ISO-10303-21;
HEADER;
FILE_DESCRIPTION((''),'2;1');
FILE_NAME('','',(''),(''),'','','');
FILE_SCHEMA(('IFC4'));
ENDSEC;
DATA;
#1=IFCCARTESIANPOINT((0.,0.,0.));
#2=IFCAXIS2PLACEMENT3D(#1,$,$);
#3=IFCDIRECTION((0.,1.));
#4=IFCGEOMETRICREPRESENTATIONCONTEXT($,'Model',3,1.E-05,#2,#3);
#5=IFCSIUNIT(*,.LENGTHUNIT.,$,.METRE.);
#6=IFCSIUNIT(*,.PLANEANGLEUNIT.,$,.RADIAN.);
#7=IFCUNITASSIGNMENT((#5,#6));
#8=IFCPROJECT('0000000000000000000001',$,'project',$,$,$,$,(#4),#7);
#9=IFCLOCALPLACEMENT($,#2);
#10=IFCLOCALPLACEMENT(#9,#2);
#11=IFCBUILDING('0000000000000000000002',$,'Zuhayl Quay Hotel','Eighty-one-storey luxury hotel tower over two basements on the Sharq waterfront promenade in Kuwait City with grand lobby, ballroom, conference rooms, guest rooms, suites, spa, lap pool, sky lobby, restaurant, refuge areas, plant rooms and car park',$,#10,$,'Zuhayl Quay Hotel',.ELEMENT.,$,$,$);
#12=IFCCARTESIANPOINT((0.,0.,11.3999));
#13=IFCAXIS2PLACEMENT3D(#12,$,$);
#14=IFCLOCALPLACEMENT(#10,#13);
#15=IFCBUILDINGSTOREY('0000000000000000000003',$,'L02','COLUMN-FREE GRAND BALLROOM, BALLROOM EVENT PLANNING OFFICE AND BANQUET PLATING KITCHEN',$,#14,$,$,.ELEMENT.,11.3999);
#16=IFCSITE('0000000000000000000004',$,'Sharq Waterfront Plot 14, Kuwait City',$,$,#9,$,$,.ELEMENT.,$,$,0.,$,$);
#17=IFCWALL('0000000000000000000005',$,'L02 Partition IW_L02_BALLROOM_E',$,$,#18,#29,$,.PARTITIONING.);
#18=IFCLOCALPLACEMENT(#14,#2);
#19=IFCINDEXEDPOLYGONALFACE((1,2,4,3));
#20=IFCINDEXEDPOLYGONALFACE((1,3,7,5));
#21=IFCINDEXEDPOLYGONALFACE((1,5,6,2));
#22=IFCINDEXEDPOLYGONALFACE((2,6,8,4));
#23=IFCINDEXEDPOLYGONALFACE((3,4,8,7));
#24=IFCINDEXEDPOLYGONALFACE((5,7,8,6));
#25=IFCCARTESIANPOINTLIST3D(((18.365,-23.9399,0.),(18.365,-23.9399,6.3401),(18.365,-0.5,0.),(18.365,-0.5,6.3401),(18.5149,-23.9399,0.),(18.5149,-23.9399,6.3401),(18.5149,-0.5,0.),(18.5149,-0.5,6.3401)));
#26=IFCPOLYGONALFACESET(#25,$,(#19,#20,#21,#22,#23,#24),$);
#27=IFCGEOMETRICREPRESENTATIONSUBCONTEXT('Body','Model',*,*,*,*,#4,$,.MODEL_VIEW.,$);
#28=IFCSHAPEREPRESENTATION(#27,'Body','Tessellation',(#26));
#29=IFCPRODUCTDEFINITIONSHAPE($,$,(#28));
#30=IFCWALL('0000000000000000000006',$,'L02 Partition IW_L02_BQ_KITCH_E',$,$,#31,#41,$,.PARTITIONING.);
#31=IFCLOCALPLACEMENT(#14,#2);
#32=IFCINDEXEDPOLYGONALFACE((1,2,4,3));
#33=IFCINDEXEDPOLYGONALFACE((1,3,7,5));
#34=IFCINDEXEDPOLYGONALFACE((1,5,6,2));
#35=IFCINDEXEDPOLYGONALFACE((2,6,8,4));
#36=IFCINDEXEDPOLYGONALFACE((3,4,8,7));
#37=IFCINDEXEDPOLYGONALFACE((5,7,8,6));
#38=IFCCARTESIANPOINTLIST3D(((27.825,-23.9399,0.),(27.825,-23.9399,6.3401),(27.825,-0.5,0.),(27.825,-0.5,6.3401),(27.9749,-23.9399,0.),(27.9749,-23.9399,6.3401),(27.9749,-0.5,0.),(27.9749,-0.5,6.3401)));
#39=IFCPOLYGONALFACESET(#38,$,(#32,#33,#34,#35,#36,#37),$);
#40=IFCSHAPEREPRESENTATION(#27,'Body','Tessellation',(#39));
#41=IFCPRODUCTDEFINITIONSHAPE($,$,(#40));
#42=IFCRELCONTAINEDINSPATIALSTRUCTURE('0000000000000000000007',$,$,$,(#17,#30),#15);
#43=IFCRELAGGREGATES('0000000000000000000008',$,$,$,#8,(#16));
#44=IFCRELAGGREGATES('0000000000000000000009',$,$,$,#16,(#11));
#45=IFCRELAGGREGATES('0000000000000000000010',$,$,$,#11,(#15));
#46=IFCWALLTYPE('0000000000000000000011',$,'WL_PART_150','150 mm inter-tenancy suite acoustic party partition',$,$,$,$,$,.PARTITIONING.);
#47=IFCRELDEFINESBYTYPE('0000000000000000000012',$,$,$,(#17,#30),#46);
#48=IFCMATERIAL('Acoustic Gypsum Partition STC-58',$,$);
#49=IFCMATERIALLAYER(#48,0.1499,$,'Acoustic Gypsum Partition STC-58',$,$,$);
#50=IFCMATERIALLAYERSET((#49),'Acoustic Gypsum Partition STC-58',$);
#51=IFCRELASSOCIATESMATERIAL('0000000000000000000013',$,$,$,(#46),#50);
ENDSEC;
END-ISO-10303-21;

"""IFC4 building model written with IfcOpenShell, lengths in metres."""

from ifc_helpers import new_model, si_unit, direction, frame, frame_2d, origin, place, context, subcontext, project, spatial, rectangle, extrude, material, layer, layer_set, type_object, element, save


model = new_model("IFC4")

# Units and contexts
model_context = context("Model", 3, precision=1e-05, world=origin(), true_north=direction((0.0, 1.0)))
body_context = subcontext(model_context, "Body", "Model", "MODEL_VIEW")
ifc_project = project(units=[si_unit("LENGTHUNIT", "METRE"), si_unit("PLANEANGLEUNIT", "RADIAN")], contexts=[model_context])

# Site, building, storey
site_placement = place(None, origin())
site = spatial("IfcSite", under=ifc_project, at=site_placement, Name="Sharq Waterfront Plot 14, Kuwait City", CompositionType="ELEMENT", RefElevation=0.0)
building_placement = place(site_placement, origin())
building = spatial("IfcBuilding", under=site, at=building_placement, Name="Zuhayl Quay Hotel", Description="Eighty-one-storey luxury hotel tower over two basements on the Sharq waterfront promenade in Kuwait City with grand lobby, ballroom, conference rooms, guest rooms, suites, spa, lap pool, sky lobby, restaurant, refuge areas, plant rooms and car park", LongName="Zuhayl Quay Hotel", CompositionType="ELEMENT")
storey_placement = place(building_placement, frame((0.0, 0.0, 11.3999)))
storey = spatial("IfcBuildingStorey", under=building, at=storey_placement, Name="L02", Description="COLUMN-FREE GRAND BALLROOM, BALLROOM EVENT PLANNING OFFICE AND BANQUET PLATING KITCHEN", CompositionType="ELEMENT", Elevation=11.3999)

# Walls
ifc_material_1 = material(Name="Acoustic Gypsum Partition STC-58")
ifc_layer_1 = layer(ifc_material_1, 0.1499, Name="Acoustic Gypsum Partition STC-58")
ifc_layer_set_1 = layer_set([ifc_layer_1], Name="Acoustic Gypsum Partition STC-58")
wall_type_1 = type_object("IfcWallType", Name="WL_PART_150", Description="150 mm inter-tenancy suite acoustic party partition", PredefinedType="PARTITIONING", material=ifc_layer_set_1)
for number, where, z_axis, x_axis, name in (
    (1, (18.4399, -23.9399, 0.0), (0.0, 0.0, 1.0), (0.0, 1.0, 0.0), "L02 Partition IW_L02_BALLROOM_E"),
    (2, (27.8999, -23.9399, 0.0), (0.0, 0.0, 1.0), (0.0, 1.0, 0.0), "L02 Partition IW_L02_BQ_KITCH_E"),
):
    element("IfcWall", number, at=place(storey_placement, frame(where, z_axis=z_axis, x_axis=x_axis)), inside=storey, type_object=wall_type_1, Name=name, PredefinedType="PARTITIONING", context=body_context, shape_type="SweptSolid", body=[
        extrude(rectangle(XDim=23.4399, YDim=0.1499, at=frame_2d((11.72, 0.0))), origin(), (0.0, 0.0, 1.0), 6.3401),
    ])

save(model, "model.ifc")
